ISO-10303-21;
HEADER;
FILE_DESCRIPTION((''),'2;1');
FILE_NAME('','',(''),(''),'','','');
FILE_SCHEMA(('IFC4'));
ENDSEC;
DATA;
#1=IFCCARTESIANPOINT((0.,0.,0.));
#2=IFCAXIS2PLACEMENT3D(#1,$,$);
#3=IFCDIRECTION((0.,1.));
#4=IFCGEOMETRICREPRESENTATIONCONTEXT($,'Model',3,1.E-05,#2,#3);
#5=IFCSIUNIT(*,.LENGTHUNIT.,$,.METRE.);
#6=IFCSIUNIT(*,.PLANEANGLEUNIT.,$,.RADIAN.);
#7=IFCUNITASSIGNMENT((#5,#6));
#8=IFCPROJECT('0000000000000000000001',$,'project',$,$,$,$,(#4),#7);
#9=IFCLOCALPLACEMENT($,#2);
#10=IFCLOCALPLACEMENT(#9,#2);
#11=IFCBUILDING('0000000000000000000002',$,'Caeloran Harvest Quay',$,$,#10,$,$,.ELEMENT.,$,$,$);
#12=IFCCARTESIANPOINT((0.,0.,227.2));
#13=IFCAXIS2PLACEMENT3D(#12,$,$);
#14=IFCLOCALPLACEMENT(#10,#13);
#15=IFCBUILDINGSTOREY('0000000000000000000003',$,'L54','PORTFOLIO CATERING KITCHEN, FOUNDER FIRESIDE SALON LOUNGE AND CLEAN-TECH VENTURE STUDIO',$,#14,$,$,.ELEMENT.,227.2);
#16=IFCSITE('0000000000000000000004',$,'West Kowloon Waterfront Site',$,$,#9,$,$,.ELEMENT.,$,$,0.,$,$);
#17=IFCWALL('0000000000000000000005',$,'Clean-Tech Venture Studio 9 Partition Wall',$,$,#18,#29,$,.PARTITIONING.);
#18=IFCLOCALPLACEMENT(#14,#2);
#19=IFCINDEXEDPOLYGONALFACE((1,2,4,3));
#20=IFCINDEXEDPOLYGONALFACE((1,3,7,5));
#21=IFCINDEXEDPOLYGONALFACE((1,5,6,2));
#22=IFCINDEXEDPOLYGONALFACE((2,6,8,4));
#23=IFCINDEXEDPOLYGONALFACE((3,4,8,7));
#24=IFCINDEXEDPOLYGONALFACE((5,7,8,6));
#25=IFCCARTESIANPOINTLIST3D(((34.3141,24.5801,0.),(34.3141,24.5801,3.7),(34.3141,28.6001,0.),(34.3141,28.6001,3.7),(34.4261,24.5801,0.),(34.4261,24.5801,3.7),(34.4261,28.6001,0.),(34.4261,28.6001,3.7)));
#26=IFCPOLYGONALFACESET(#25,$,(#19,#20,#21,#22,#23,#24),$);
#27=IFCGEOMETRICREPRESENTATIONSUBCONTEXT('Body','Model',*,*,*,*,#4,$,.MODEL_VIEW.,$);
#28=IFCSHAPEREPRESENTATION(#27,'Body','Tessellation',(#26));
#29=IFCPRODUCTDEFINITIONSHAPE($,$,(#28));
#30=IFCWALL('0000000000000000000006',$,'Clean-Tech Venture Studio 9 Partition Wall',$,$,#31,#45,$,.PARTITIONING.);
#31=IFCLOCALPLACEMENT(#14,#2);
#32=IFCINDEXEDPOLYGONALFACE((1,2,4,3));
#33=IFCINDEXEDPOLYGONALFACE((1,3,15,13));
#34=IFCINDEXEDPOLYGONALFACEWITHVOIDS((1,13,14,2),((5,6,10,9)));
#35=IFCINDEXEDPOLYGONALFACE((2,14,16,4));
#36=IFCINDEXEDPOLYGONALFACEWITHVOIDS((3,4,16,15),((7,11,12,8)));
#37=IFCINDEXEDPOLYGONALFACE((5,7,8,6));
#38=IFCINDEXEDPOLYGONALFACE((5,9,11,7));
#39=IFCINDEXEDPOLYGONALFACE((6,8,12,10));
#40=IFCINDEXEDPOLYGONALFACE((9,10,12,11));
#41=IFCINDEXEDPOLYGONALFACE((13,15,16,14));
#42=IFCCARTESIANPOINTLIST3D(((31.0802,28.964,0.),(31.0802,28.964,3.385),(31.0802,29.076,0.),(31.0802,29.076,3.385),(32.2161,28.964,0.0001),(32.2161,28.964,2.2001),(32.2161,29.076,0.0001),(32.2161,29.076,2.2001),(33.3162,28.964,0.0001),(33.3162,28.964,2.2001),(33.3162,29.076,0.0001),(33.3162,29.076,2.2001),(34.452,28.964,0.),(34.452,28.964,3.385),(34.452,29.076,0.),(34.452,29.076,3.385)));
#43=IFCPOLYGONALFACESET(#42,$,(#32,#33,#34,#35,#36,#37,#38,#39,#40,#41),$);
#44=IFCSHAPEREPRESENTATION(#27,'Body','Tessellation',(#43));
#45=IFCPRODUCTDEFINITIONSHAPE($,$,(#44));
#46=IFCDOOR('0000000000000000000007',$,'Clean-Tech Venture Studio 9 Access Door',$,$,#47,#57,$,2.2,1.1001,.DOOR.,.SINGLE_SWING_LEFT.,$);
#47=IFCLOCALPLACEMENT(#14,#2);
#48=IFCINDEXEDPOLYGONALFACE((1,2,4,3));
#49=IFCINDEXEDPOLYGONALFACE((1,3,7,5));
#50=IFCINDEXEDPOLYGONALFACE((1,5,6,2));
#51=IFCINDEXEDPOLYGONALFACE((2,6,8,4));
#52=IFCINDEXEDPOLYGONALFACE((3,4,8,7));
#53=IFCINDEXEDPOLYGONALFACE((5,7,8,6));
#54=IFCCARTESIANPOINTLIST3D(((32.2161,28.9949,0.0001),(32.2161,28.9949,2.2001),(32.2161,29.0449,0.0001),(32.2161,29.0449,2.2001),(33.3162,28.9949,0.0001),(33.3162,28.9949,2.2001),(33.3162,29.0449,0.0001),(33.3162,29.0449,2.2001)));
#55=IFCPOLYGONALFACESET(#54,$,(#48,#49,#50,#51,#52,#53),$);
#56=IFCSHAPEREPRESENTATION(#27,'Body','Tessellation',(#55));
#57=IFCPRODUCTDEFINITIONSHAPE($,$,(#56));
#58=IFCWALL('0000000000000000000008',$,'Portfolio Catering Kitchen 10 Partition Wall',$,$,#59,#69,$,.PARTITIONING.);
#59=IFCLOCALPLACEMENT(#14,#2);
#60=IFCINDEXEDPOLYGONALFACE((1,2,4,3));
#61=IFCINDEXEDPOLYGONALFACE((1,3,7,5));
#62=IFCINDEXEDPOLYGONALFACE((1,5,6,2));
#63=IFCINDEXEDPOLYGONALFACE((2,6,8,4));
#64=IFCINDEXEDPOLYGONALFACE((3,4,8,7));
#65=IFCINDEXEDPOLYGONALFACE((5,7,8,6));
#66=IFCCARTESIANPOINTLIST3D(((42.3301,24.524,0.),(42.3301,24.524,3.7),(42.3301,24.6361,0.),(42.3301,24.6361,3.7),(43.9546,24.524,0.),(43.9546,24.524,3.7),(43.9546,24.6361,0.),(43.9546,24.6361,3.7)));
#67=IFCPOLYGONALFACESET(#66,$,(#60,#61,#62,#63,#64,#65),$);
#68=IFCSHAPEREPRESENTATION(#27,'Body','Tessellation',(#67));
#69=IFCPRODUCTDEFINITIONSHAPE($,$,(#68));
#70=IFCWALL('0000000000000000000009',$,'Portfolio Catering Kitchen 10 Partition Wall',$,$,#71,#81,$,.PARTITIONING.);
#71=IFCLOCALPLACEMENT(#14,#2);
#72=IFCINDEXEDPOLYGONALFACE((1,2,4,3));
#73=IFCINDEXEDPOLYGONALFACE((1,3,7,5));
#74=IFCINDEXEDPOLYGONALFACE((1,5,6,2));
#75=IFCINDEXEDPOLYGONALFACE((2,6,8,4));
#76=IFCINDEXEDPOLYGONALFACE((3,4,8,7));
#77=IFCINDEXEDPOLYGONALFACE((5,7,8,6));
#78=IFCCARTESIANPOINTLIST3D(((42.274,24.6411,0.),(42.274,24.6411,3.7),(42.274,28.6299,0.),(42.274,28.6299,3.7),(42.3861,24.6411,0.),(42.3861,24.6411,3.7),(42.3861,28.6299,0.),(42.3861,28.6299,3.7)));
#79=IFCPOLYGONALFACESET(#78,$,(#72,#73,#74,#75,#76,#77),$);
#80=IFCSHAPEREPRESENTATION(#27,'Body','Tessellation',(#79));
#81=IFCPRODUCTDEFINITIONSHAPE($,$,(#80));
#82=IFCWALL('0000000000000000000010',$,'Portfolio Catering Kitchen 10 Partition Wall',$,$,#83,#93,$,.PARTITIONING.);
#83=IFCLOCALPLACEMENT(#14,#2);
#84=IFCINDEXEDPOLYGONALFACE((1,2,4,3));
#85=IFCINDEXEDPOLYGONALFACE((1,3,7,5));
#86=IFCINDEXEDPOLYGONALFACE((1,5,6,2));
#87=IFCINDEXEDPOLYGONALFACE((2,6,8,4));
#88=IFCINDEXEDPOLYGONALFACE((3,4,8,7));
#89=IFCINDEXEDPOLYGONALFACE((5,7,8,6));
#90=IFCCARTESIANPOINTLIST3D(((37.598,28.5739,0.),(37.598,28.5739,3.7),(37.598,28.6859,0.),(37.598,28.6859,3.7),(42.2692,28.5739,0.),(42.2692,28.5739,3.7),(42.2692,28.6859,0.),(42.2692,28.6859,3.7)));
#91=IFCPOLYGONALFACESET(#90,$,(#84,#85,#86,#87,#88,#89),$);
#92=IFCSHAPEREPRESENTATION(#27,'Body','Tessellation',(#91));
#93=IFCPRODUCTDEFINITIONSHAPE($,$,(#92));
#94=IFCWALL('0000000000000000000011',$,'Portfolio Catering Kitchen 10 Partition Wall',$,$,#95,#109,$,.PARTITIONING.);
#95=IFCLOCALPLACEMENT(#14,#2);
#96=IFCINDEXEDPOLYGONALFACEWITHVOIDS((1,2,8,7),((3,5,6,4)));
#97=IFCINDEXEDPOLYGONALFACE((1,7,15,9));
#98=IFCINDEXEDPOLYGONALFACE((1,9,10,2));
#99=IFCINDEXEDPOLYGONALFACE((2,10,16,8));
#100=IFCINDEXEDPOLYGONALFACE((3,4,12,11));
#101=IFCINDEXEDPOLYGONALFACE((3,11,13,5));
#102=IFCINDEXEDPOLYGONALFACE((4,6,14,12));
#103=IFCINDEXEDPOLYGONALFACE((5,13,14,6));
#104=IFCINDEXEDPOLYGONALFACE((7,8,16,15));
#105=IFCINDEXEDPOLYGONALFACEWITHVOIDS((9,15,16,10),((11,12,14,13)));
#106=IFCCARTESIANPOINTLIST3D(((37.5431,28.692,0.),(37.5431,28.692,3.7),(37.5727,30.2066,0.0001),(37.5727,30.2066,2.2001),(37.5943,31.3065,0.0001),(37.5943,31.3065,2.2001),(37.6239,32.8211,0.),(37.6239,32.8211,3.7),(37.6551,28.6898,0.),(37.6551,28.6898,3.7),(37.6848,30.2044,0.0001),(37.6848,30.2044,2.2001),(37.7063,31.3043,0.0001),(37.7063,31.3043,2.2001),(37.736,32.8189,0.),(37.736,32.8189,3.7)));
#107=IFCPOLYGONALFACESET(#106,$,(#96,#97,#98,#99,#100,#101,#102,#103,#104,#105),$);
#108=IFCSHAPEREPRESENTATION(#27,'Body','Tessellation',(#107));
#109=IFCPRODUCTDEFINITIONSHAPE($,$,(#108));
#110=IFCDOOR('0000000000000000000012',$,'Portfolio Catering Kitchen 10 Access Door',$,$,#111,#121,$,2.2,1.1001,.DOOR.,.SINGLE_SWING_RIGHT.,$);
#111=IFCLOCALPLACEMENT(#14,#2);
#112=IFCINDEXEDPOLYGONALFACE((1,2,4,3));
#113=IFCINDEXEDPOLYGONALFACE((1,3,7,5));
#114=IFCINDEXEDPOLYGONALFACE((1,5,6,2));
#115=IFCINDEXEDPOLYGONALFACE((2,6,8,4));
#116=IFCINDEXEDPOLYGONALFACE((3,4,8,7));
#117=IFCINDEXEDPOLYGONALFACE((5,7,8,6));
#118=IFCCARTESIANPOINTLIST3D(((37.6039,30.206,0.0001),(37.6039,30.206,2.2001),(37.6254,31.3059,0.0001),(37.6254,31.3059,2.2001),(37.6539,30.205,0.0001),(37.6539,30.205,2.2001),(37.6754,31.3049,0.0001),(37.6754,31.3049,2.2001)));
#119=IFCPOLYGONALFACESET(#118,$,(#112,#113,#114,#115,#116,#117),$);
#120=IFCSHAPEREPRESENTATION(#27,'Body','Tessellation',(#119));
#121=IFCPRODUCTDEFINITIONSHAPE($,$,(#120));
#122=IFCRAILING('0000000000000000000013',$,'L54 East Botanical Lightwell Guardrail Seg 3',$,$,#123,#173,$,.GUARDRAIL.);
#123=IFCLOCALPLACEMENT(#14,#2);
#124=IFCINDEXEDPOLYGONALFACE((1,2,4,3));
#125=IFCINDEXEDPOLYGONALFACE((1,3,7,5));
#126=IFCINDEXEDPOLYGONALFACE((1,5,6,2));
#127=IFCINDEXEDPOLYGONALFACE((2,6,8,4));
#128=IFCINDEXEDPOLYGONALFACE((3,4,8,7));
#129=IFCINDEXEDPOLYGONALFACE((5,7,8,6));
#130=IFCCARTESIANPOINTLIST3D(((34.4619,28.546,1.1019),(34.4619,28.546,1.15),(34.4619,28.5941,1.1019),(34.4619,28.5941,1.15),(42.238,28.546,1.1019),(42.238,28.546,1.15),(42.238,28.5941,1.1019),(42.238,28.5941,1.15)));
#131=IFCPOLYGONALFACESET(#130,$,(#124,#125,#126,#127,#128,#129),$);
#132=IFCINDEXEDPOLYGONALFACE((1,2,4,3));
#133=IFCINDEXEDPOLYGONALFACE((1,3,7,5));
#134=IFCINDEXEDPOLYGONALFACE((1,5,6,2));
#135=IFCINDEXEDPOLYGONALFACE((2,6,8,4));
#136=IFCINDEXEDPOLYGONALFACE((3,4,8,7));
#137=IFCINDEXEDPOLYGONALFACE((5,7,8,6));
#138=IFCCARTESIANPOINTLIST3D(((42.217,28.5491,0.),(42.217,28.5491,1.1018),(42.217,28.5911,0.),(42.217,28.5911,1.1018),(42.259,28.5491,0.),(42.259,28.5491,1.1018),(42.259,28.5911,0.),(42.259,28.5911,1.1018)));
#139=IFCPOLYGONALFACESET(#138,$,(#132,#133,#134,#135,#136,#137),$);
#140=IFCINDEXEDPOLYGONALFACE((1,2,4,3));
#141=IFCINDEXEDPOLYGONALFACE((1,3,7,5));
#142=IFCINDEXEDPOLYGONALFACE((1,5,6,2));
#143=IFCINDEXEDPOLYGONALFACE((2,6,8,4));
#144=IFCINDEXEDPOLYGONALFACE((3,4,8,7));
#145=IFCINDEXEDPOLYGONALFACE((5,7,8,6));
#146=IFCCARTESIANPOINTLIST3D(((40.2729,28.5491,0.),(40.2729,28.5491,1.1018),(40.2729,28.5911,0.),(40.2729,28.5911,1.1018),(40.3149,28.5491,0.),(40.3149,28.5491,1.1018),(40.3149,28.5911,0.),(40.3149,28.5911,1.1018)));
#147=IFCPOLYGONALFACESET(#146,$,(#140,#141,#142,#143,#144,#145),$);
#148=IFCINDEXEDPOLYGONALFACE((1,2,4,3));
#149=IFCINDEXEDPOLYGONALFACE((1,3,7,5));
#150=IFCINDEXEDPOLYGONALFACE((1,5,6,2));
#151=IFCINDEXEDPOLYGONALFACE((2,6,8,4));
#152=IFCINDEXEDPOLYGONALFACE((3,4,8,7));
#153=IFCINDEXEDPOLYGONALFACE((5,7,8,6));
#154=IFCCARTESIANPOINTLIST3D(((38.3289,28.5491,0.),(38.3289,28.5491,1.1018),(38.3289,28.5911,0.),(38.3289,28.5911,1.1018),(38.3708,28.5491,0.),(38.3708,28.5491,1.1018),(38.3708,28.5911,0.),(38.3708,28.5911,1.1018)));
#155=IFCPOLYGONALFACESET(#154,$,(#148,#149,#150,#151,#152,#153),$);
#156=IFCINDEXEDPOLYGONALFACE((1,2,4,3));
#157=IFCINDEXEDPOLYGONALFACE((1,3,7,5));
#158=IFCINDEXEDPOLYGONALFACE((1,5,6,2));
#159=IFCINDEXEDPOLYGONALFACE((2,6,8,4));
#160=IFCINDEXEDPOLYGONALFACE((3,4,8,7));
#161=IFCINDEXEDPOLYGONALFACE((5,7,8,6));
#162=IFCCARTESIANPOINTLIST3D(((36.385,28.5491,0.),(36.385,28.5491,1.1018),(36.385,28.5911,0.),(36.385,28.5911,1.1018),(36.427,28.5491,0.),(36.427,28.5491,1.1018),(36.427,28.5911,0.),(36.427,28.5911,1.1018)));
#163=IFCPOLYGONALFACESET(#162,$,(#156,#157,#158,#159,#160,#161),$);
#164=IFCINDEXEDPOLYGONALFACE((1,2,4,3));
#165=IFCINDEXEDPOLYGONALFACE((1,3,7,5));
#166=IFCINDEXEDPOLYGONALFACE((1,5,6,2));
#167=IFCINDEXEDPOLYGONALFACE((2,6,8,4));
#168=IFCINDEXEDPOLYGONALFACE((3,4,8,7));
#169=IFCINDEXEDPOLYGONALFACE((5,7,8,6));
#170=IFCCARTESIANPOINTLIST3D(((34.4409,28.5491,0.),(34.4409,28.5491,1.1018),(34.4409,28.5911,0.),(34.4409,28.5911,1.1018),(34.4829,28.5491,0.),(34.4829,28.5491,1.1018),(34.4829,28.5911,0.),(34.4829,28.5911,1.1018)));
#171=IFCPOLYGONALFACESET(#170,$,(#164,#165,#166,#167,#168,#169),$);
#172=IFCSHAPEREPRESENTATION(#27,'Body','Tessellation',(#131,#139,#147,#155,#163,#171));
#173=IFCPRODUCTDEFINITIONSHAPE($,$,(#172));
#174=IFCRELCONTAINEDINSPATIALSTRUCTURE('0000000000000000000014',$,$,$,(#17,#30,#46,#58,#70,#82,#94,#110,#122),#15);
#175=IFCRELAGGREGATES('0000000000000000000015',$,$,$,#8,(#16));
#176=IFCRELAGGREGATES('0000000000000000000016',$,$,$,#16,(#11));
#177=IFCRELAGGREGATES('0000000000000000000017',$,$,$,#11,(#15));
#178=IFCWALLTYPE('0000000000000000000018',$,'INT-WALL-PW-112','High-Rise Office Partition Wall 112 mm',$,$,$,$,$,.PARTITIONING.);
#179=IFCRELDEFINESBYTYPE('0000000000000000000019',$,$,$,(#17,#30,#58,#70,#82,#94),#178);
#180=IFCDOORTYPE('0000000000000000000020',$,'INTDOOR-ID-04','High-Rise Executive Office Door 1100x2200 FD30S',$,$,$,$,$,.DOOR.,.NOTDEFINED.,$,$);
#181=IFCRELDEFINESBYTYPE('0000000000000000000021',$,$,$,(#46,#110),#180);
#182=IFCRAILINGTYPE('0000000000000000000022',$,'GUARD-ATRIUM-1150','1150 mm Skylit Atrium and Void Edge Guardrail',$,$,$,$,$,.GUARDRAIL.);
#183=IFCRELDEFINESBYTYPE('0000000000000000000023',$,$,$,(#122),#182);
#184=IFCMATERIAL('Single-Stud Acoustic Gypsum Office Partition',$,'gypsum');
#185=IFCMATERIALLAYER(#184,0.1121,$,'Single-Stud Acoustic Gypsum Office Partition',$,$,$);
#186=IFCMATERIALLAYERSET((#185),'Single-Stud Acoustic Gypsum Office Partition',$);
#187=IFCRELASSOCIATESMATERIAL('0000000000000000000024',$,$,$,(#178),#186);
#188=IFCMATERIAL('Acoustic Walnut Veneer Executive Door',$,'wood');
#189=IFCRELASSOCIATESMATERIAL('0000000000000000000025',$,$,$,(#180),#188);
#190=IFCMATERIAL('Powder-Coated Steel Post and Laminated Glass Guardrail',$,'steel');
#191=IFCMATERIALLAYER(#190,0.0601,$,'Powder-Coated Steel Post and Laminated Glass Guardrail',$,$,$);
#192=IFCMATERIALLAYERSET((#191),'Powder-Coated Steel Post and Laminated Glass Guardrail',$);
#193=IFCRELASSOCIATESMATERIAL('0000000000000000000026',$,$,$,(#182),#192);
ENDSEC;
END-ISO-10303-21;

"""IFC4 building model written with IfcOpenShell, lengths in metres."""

from ifc_helpers import new_model, si_unit, direction, frame, frame_2d, origin, origin_2d, place, context, subcontext, project, spatial, rectangle, extrude, material, layer, layer_set, type_object, element, fill, save


model = new_model("IFC4")

# Units and contexts
model_context = context("Model", 3, precision=1e-05, world=origin(), true_north=direction((0.0, 1.0)))
body_context = subcontext(model_context, "Body", "Model", "MODEL_VIEW")
ifc_project = project(units=[si_unit("LENGTHUNIT", "METRE"), si_unit("PLANEANGLEUNIT", "RADIAN")], contexts=[model_context])

# Site, building, storey
site_placement = place(None, origin())
site = spatial("IfcSite", under=ifc_project, at=site_placement, Name="West Kowloon Waterfront Site", CompositionType="ELEMENT", RefElevation=0.0)
building_placement = place(site_placement, origin())
building = spatial("IfcBuilding", under=site, at=building_placement, Name="Caeloran Harvest Quay", CompositionType="ELEMENT")
storey_placement = place(building_placement, frame((0.0, 0.0, 227.2)))
storey = spatial("IfcBuildingStorey", under=building, at=storey_placement, Name="L54", Description="PORTFOLIO CATERING KITCHEN, FOUNDER FIRESIDE SALON LOUNGE AND CLEAN-TECH VENTURE STUDIO", CompositionType="ELEMENT", Elevation=227.2)

# Wall
ifc_material_1 = material(Name="Single-Stud Acoustic Gypsum Office Partition", Category="gypsum")
ifc_layer_1 = layer(ifc_material_1, 0.1121, Name="Single-Stud Acoustic Gypsum Office Partition")
ifc_layer_set_1 = layer_set([ifc_layer_1], Name="Single-Stud Acoustic Gypsum Office Partition")
wall_type = type_object("IfcWallType", Name="INT-WALL-PW-112", Description="High-Rise Office Partition Wall 112 mm", PredefinedType="PARTITIONING", material=ifc_layer_set_1)
wall_1_placement = place(storey_placement, frame((34.3701, 28.6001, 0.0), z_axis=(0.0, 0.0, 1.0), x_axis=(0.0, -1.0, 0.0)))
element("IfcWall", 1, at=wall_1_placement, inside=storey, type_object=wall_type, Name="Clean-Tech Venture Studio 9 Partition Wall", PredefinedType="PARTITIONING", context=body_context, shape_type="SweptSolid", body=[
    extrude(rectangle(XDim=4.02, YDim=0.1121, at=frame_2d((2.01, 0.0))), origin(), (0.0, 0.0, 1.0), 3.7),
])

# Wall, opening, door
wall_2_placement = place(storey_placement, frame((31.0801, 29.02, 0.0), z_axis=(0.0, 0.0, 1.0), x_axis=(1.0, 0.0, 0.0)))
wall_2 = element("IfcWall", 2, at=wall_2_placement, inside=storey, type_object=wall_type, Name="Clean-Tech Venture Studio 9 Partition Wall", PredefinedType="PARTITIONING", context=body_context, shape_type="SweptSolid", body=[
    extrude(rectangle(XDim=3.3718, YDim=0.1121, at=frame_2d((1.686, 0.0))), origin(), (0.0, 0.0, 1.0), 3.385),
])
opening_1_placement = place(wall_2_placement, frame((1.136, 0.0, 0.0)))
opening_1 = element("IfcOpeningElement", 3, at=opening_1_placement, cuts=wall_2, PredefinedType="OPENING", context=body_context, shape_type="SweptSolid", body=[
    extrude(rectangle(XDim=1.1001, YDim=2.2, at=frame_2d((0.55, 1.1001))), frame((0.0, 0.0659, 0.0), z_axis=(0.0, -1.0, 0.0), x_axis=(1.0, 0.0, 0.0)), (0.0, 0.0, 1.0), 0.1321),
])
ifc_material_2 = material(Name="Acoustic Walnut Veneer Executive Door", Category="wood")
door_type = type_object("IfcDoorType", Name="INTDOOR-ID-04", Description="High-Rise Executive Office Door 1100x2200 FD30S", OperationType="NOTDEFINED", PredefinedType="DOOR", material=ifc_material_2)
door_1_placement = place(opening_1_placement, origin())
door_1 = element("IfcDoor", 4, at=door_1_placement, inside=storey, type_object=door_type, Name="Clean-Tech Venture Studio 9 Access Door", OperationType="SINGLE_SWING_LEFT", OverallHeight=2.2, OverallWidth=1.1001, PredefinedType="DOOR", context=body_context, shape_type="SweptSolid", body=[
    extrude(rectangle(XDim=1.1001, YDim=2.2, at=frame_2d((0.55, 1.1001))), frame((0.0, 0.0249, 0.0), z_axis=(0.0, -1.0, 0.0), x_axis=(1.0, 0.0, 0.0)), (0.0, 0.0, 1.0), 0.05),
])
fill(opening_1, door_1)

# Walls
wall_3_placement = place(storey_placement, frame((43.9546, 24.5801, 0.0), z_axis=(0.0, 0.0, 1.0), x_axis=(-1.0, 0.0, 0.0)))
element("IfcWall", 5, at=wall_3_placement, inside=storey, type_object=wall_type, Name="Portfolio Catering Kitchen 10 Partition Wall", PredefinedType="PARTITIONING", context=body_context, shape_type="SweptSolid", body=[
    extrude(rectangle(XDim=1.6245, YDim=0.1121, at=frame_2d((0.8123, 0.0))), origin(), (0.0, 0.0, 1.0), 3.7),
])
wall_4_placement = place(storey_placement, frame((42.3301, 24.6411, 0.0), z_axis=(0.0, 0.0, 1.0), x_axis=(0.0, 1.0, 0.0)))
element("IfcWall", 6, at=wall_4_placement, inside=storey, type_object=wall_type, Name="Portfolio Catering Kitchen 10 Partition Wall", PredefinedType="PARTITIONING", context=body_context, shape_type="SweptSolid", body=[
    extrude(rectangle(XDim=3.9888, YDim=0.1121, at=frame_2d((1.9944, 0.0))), origin(), (0.0, 0.0, 1.0), 3.7),
])
wall_5_placement = place(storey_placement, frame((42.269, 28.6299, 0.0), z_axis=(0.0, 0.0, 1.0), x_axis=(-1.0, 0.0, 0.0)))
element("IfcWall", 7, at=wall_5_placement, inside=storey, type_object=wall_type, Name="Portfolio Catering Kitchen 10 Partition Wall", PredefinedType="PARTITIONING", context=body_context, shape_type="SweptSolid", body=[
    extrude(rectangle(XDim=4.6711, YDim=0.1121, at=frame_2d((2.3354, 0.0))), origin(), (0.0, 0.0, 1.0), 3.7),
])

# Wall, opening, door
wall_6_placement = place(storey_placement, frame((37.5991, 28.6909, 0.0), z_axis=(0.0, 0.0, 1.0), x_axis=(0.019567, 0.999809, 0.0)))
wall_6 = element("IfcWall", 8, at=wall_6_placement, inside=storey, type_object=wall_type, Name="Portfolio Catering Kitchen 10 Partition Wall", PredefinedType="PARTITIONING", context=body_context, shape_type="SweptSolid", body=[
    extrude(rectangle(XDim=4.1299, YDim=0.1121, at=frame_2d((2.0649, 0.0))), origin(), (0.0, 0.0, 1.0), 3.7),
])
opening_2_placement = place(wall_6_placement, frame((1.5149, 0.0, 0.0)))
opening_2 = element("IfcOpeningElement", 9, at=opening_2_placement, cuts=wall_6, PredefinedType="OPENING", context=body_context, shape_type="SweptSolid", body=[
    extrude(rectangle(XDim=1.1001, YDim=2.2, at=frame_2d((0.55, 1.1001))), frame((0.0, 0.0659, 0.0), z_axis=(0.0, -1.0, 0.0), x_axis=(1.0, 0.0, 0.0)), (0.0, 0.0, 1.0), 0.1321),
])
door_2_placement = place(opening_2_placement, origin())
door_2 = element("IfcDoor", 10, at=door_2_placement, inside=storey, type_object=door_type, Name="Portfolio Catering Kitchen 10 Access Door", OperationType="SINGLE_SWING_RIGHT", OverallHeight=2.2, OverallWidth=1.1001, PredefinedType="DOOR", context=body_context, shape_type="SweptSolid", body=[
    extrude(rectangle(XDim=1.1001, YDim=2.2, at=frame_2d((0.55, 1.1001))), frame((0.0, 0.0249, 0.0), z_axis=(0.0, -1.0, 0.0), x_axis=(1.0, 0.0, 0.0)), (0.0, 0.0, 1.0), 0.05),
])
fill(opening_2, door_2)

# Railing
ifc_material_3 = material(Name="Powder-Coated Steel Post and Laminated Glass Guardrail", Category="steel")
ifc_layer_2 = layer(ifc_material_3, 0.0601, Name="Powder-Coated Steel Post and Laminated Glass Guardrail")
ifc_layer_set_2 = layer_set([ifc_layer_2], Name="Powder-Coated Steel Post and Laminated Glass Guardrail")
railing_type = type_object("IfcRailingType", Name="GUARD-ATRIUM-1150", Description="1150 mm Skylit Atrium and Void Edge Guardrail", PredefinedType="GUARDRAIL", material=ifc_layer_set_2)
railing_1_placement = place(storey_placement, frame((42.238, 28.5701, 0.0)))
element("IfcRailing", 11, at=railing_1_placement, inside=storey, type_object=railing_type, Name="L54 East Botanical Lightwell Guardrail Seg 3", PredefinedType="GUARDRAIL", context=body_context, shape_type="SweptSolid", body=[
    extrude(rectangle(XDim=0.0481, YDim=0.0481, at=origin_2d()), frame((0.0, 0.0, 1.126), z_axis=(-1.0, 0.0, 0.0), x_axis=(0.0, -1.0, 0.0)), (0.0, 0.0, 1.0), 7.7761),
    extrude(rectangle(XDim=0.042, YDim=0.042, at=origin_2d()), origin(), (0.0, 0.0, 1.0), 1.1018),
    extrude(rectangle(XDim=0.042, YDim=0.042, at=origin_2d()), frame((-1.9441, 0.0, 0.0)), (0.0, 0.0, 1.0), 1.1018),
    extrude(rectangle(XDim=0.042, YDim=0.042, at=origin_2d()), frame((-3.8882, 0.0, 0.0)), (0.0, 0.0, 1.0), 1.1018),
    extrude(rectangle(XDim=0.042, YDim=0.042, at=origin_2d()), frame((-5.832, 0.0, 0.0)), (0.0, 0.0, 1.0), 1.1018),
    extrude(rectangle(XDim=0.042, YDim=0.042, at=origin_2d()), frame((-7.7761, 0.0, 0.0)), (0.0, 0.0, 1.0), 1.1018),
])

save(model, "model.ifc")
